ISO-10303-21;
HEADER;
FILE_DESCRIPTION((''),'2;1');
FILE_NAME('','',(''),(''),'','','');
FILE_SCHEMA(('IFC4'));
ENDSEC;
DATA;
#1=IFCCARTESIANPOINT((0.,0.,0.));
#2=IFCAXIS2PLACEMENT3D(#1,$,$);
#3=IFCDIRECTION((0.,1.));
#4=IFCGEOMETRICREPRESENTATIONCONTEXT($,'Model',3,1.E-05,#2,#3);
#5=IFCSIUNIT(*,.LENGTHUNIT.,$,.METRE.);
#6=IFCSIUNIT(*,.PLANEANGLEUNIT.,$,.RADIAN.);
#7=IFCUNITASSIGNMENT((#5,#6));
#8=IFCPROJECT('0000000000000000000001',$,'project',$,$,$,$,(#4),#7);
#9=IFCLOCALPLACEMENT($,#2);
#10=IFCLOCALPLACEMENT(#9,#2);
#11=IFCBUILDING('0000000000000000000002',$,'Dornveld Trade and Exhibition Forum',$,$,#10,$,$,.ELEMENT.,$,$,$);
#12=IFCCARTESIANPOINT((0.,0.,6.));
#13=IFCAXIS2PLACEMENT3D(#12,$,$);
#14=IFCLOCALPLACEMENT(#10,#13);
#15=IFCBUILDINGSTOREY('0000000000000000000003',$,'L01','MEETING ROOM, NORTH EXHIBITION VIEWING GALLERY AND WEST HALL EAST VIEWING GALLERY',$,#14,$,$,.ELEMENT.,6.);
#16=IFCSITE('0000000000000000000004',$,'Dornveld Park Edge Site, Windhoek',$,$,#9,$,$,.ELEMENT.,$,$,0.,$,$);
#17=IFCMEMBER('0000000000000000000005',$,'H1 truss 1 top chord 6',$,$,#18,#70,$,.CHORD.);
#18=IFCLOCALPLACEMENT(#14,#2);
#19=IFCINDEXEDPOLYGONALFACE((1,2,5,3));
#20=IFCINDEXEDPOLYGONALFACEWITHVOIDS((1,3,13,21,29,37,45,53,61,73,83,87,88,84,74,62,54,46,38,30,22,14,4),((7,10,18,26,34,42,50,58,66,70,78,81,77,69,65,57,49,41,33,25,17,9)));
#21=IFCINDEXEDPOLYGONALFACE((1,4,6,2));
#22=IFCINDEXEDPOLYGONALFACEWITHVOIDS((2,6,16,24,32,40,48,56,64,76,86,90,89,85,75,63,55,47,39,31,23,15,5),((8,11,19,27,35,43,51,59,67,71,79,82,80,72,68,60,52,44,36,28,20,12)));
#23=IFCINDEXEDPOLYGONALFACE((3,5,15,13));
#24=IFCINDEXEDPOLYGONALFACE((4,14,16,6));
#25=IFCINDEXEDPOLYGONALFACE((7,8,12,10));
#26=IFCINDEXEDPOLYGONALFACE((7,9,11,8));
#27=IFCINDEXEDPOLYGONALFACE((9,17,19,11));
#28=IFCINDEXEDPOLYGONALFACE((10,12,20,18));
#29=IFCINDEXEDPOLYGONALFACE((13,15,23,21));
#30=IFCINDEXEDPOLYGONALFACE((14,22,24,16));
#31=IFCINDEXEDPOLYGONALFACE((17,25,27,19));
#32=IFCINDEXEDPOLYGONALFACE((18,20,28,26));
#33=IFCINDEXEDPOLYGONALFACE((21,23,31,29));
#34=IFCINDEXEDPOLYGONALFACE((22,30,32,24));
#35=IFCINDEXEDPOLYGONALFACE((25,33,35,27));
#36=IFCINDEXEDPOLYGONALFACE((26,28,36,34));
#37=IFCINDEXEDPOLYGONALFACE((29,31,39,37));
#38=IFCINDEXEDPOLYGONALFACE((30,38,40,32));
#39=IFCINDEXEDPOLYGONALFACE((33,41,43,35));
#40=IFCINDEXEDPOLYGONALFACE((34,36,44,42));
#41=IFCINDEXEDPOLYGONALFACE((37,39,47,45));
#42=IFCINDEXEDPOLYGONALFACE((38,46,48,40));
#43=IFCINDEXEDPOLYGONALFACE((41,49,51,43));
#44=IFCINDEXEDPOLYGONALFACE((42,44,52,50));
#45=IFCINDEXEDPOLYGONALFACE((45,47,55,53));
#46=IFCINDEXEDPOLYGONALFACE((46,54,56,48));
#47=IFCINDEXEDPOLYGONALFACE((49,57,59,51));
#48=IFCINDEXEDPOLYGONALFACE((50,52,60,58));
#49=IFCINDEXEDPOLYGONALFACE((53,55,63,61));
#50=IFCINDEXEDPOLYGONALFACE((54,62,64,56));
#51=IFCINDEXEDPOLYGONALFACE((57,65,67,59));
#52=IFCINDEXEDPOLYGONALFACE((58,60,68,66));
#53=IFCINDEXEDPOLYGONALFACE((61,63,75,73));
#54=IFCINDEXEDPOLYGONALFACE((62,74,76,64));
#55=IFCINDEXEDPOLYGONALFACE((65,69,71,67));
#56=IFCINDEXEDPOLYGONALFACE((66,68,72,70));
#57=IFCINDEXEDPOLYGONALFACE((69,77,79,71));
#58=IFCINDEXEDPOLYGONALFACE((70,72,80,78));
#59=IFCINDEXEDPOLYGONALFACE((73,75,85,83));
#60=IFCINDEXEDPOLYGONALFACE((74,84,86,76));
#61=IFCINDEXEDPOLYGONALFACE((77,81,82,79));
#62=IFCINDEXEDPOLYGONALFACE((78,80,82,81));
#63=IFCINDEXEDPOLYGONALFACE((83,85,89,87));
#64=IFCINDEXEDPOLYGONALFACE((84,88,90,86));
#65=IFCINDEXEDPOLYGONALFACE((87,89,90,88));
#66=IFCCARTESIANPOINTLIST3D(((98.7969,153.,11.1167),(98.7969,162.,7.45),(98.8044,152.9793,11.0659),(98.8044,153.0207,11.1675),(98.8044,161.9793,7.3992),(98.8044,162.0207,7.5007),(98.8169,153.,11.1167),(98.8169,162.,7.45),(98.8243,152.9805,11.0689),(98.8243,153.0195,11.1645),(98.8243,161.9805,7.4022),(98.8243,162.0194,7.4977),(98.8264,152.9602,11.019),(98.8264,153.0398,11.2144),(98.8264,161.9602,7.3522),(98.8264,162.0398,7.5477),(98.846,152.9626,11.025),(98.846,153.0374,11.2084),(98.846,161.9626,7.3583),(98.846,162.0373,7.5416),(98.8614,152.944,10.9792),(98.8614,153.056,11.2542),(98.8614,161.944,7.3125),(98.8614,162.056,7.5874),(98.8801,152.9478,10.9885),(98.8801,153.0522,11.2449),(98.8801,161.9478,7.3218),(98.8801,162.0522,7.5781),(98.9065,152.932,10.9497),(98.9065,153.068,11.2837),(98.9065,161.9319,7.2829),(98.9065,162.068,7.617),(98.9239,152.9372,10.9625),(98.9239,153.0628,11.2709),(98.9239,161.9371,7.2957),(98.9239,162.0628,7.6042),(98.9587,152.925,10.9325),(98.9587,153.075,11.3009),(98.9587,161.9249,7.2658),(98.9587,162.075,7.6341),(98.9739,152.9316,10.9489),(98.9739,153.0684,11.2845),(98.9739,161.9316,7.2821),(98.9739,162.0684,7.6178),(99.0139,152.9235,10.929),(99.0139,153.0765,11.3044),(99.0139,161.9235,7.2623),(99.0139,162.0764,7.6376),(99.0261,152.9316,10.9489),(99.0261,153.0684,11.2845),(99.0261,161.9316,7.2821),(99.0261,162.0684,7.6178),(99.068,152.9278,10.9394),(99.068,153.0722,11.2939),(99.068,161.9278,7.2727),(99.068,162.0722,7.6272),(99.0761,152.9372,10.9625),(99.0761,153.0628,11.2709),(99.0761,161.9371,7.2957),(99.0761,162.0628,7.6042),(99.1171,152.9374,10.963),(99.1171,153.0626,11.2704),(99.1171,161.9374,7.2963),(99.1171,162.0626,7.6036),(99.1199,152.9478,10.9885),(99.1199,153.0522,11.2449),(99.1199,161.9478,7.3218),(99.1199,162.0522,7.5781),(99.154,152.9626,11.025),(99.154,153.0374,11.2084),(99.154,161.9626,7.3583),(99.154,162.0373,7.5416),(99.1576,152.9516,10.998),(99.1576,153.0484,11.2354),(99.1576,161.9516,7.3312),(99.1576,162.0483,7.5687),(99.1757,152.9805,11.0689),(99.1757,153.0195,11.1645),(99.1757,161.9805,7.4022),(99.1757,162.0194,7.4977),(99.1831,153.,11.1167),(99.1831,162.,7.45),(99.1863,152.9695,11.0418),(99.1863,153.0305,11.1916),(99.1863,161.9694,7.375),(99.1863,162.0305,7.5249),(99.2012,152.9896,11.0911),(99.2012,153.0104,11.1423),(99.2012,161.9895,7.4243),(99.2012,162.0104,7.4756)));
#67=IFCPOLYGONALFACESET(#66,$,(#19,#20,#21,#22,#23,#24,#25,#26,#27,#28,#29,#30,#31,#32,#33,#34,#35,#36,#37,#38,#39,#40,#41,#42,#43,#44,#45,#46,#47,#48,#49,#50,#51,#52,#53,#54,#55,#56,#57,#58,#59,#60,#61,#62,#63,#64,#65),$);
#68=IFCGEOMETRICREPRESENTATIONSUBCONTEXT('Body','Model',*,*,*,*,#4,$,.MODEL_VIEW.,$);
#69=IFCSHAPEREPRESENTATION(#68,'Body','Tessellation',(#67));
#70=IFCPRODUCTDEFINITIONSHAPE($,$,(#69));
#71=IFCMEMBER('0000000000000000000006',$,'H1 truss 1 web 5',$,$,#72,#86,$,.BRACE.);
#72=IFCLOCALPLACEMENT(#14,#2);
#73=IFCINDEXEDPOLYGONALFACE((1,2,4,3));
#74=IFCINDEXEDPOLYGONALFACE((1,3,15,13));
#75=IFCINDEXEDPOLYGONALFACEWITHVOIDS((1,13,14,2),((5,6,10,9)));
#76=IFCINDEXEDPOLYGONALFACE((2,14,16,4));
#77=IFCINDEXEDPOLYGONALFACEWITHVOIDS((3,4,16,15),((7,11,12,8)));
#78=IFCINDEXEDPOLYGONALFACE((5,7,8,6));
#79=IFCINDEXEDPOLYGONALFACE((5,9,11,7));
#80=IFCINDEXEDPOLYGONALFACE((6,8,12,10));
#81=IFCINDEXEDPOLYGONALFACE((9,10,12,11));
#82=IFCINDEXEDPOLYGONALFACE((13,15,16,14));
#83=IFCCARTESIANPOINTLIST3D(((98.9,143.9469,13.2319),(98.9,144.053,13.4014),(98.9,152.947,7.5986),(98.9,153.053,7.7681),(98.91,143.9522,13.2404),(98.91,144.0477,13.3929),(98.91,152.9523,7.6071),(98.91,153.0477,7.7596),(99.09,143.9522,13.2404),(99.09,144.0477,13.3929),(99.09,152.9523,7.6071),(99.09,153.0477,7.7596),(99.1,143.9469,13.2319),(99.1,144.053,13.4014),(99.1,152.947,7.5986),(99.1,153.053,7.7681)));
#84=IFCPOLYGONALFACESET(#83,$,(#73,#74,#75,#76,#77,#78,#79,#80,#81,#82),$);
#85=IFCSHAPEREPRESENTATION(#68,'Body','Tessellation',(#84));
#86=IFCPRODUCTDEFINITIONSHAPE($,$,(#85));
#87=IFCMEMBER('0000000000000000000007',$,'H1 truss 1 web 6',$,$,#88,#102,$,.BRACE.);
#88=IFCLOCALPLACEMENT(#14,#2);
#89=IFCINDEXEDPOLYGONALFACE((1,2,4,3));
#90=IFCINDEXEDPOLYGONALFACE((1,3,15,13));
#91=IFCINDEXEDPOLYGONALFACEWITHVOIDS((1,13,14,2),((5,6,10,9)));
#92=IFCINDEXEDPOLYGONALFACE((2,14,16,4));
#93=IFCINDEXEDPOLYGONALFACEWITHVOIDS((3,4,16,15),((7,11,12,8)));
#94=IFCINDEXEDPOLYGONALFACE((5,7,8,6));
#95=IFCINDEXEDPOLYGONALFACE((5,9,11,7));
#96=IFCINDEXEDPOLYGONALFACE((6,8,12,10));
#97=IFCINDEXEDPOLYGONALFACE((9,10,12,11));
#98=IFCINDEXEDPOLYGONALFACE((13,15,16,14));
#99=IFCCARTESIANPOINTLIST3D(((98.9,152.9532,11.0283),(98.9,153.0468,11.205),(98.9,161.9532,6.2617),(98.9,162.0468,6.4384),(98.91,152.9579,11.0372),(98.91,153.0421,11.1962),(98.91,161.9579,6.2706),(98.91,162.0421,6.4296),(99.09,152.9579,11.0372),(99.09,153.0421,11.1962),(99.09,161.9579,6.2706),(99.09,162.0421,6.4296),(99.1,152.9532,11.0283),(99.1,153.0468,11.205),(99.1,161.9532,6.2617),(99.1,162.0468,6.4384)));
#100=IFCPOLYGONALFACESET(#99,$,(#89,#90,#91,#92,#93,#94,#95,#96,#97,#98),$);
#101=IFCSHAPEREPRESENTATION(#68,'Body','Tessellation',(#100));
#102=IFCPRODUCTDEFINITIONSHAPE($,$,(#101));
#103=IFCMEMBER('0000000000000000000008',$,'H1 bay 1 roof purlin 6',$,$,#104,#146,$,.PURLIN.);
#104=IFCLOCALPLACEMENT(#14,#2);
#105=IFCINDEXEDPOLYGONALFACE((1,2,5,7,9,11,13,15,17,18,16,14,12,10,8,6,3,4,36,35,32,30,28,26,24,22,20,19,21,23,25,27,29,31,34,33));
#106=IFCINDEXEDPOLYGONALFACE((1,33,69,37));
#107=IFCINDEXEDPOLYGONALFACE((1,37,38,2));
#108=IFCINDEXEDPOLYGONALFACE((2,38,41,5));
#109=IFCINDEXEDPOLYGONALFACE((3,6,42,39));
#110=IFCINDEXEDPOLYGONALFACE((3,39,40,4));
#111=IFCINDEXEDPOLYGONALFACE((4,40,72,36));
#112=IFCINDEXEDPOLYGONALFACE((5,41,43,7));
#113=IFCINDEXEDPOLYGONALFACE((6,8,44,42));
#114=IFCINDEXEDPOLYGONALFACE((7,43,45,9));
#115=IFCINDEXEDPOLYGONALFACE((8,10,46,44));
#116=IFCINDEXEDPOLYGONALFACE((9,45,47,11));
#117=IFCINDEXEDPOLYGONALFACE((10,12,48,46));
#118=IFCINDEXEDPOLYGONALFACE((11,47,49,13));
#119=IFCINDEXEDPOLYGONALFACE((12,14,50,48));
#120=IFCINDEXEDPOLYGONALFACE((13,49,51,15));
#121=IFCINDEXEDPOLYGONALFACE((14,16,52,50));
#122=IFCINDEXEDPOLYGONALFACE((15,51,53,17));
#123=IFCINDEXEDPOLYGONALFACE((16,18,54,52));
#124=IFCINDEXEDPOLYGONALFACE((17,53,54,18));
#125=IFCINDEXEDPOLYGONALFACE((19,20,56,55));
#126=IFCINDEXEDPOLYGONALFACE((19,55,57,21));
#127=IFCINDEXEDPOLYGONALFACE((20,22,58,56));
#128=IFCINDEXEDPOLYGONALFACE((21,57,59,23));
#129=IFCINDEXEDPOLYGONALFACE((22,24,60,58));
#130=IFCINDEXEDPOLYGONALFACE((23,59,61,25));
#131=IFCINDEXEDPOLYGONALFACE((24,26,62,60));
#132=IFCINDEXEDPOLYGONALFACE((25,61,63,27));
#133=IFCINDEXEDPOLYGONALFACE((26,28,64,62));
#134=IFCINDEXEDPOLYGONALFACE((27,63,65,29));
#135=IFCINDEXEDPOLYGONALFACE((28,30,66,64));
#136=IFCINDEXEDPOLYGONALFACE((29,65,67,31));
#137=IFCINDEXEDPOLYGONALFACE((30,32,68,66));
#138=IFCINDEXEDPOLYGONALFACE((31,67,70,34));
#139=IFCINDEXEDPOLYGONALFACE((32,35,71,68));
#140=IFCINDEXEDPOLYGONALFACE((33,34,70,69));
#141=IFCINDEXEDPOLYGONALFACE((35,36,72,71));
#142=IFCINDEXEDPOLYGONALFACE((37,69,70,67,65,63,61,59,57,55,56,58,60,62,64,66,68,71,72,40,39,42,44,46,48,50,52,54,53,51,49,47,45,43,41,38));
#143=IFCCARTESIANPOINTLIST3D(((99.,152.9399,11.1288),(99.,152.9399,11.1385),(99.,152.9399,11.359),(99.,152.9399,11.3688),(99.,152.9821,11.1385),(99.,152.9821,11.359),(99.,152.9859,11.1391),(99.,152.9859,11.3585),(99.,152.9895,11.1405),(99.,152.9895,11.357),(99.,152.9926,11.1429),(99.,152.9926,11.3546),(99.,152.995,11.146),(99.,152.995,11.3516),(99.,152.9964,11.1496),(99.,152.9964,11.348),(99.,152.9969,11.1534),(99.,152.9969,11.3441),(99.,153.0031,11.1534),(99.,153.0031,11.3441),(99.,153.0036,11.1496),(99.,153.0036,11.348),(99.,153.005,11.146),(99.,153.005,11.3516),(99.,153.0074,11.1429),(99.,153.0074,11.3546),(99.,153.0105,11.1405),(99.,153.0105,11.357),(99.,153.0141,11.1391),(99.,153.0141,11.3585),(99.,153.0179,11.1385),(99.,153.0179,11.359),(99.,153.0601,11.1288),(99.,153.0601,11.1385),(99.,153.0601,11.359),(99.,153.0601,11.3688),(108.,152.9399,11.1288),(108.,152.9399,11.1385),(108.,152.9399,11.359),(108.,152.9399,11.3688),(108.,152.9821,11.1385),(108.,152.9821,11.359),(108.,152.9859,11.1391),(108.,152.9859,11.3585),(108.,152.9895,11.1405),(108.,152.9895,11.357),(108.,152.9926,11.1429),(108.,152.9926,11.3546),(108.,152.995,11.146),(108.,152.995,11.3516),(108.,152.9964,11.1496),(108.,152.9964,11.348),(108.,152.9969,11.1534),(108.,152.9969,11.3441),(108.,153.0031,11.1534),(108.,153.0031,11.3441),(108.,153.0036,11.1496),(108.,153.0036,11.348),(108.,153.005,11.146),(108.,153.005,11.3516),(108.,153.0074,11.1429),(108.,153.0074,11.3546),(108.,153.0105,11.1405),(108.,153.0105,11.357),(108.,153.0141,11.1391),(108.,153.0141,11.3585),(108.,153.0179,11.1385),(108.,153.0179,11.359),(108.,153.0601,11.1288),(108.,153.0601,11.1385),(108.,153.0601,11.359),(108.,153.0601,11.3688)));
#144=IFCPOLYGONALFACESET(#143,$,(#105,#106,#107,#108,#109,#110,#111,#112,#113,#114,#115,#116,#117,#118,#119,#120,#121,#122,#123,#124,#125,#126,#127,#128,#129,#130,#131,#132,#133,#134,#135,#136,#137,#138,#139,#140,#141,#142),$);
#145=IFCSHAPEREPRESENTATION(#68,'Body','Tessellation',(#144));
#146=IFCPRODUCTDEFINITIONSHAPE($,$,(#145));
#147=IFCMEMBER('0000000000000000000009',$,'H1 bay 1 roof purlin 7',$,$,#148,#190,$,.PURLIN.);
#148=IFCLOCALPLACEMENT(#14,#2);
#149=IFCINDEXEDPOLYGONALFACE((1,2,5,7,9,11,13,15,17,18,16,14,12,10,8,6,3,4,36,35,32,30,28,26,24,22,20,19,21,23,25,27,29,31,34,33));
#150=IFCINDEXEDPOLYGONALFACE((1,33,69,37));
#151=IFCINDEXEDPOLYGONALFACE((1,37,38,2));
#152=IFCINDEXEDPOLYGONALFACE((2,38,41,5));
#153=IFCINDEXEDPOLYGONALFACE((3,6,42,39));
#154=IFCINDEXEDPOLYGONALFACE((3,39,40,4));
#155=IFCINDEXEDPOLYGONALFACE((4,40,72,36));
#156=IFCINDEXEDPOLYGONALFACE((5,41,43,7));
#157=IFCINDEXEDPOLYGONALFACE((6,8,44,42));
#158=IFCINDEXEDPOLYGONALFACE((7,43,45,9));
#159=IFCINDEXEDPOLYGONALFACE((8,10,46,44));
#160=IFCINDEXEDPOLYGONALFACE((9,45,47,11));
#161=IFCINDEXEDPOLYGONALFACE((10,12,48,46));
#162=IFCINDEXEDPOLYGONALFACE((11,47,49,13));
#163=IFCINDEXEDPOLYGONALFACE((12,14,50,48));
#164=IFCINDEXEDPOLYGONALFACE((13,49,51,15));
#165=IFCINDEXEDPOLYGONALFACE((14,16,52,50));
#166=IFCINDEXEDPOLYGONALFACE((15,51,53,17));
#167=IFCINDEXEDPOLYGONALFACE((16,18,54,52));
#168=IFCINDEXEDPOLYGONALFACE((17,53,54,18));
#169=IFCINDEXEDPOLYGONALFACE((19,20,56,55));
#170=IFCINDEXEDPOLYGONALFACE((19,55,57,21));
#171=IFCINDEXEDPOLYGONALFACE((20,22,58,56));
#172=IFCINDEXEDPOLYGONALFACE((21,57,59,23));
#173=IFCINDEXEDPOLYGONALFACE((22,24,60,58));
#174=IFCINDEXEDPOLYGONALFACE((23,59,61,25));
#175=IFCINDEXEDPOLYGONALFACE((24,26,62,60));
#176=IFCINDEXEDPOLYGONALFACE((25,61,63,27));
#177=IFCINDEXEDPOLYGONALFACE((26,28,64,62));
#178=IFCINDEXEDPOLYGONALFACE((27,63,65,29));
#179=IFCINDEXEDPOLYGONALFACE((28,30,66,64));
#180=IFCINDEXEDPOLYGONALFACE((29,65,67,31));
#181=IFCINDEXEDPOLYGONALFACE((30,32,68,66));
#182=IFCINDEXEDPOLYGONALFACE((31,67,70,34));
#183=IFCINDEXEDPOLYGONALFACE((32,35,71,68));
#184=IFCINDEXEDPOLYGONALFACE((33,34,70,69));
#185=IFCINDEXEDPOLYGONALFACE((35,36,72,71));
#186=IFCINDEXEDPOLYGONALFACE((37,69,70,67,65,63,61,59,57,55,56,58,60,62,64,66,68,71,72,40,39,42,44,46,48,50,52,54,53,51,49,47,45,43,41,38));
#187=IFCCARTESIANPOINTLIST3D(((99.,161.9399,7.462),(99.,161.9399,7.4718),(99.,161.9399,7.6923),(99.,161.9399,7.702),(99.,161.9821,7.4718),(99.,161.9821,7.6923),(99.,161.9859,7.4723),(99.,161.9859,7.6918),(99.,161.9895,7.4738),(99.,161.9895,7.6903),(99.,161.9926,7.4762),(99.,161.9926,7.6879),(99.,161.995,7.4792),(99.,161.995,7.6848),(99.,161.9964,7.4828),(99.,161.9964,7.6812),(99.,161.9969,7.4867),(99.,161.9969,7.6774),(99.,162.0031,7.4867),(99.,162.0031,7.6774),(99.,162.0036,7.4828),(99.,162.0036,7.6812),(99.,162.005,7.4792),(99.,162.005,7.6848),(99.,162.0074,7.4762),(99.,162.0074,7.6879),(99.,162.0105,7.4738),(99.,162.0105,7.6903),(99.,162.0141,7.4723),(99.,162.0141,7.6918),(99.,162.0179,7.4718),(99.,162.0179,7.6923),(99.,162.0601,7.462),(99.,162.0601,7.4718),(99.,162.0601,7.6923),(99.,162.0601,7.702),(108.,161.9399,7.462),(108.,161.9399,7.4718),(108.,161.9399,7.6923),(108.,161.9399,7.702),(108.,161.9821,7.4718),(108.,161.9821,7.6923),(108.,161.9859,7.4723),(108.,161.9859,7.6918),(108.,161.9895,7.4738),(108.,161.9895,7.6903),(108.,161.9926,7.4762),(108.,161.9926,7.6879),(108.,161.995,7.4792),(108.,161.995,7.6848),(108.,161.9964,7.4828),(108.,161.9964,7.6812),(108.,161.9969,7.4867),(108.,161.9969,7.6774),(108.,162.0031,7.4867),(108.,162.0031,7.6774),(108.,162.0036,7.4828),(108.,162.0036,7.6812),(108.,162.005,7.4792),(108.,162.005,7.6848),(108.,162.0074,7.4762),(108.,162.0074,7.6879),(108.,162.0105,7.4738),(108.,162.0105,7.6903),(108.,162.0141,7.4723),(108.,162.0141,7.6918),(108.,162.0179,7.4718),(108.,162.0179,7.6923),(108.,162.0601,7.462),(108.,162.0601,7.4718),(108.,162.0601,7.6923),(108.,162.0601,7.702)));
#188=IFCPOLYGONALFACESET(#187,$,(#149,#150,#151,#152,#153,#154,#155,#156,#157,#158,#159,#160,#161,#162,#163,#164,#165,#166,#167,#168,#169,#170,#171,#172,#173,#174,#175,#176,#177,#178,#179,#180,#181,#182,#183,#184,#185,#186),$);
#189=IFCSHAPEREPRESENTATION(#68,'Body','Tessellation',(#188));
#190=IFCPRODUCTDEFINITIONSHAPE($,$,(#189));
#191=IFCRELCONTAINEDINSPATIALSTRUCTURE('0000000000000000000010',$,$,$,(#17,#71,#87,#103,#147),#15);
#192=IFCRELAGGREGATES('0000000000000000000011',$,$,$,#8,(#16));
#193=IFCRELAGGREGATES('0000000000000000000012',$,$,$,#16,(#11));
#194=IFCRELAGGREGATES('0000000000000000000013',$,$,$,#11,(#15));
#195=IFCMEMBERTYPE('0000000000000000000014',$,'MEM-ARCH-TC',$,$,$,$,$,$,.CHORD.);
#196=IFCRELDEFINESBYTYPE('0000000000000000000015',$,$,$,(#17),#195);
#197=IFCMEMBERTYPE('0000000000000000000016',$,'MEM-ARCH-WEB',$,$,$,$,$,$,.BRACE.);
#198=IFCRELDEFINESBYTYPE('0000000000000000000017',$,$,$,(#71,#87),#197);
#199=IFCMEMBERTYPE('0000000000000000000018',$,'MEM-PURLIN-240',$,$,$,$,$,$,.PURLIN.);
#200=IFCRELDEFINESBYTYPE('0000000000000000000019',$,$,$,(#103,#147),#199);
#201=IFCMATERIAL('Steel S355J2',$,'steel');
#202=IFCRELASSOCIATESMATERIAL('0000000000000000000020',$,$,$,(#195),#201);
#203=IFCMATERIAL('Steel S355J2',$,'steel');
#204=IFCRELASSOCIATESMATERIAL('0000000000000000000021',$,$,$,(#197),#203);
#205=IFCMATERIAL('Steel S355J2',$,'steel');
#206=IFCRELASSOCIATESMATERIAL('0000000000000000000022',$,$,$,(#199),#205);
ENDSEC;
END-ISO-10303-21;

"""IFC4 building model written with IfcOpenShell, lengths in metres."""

from ifc_helpers import new_model, si_unit, direction, frame, origin, origin_2d, place, context, subcontext, project, spatial, hollow_rectangle, hollow_circle, i_section, extrude, material, material_profile, profile_set, type_object, element, save


model = new_model("IFC4")

# Units and contexts
model_context = context("Model", 3, precision=1e-05, world=origin(), true_north=direction((0.0, 1.0)))
body_context = subcontext(model_context, "Body", "Model", "MODEL_VIEW")
ifc_project = project(units=[si_unit("LENGTHUNIT", "METRE"), si_unit("PLANEANGLEUNIT", "RADIAN")], contexts=[model_context])

# Site, building, storey
site_placement = place(None, origin())
site = spatial("IfcSite", under=ifc_project, at=site_placement, Name="Dornveld Park Edge Site, Windhoek", CompositionType="ELEMENT", RefElevation=0.0)
building_placement = place(site_placement, origin())
building = spatial("IfcBuilding", under=site, at=building_placement, Name="Dornveld Trade and Exhibition Forum", CompositionType="ELEMENT")
storey_placement = place(building_placement, frame((0.0, 0.0, 6.0)))
storey = spatial("IfcBuildingStorey", under=building, at=storey_placement, Name="L01", Description="MEETING ROOM, NORTH EXHIBITION VIEWING GALLERY AND WEST HALL EAST VIEWING GALLERY", CompositionType="ELEMENT", Elevation=6.0)

# Members
ifc_material_1 = material(Name="Steel S355J2", Category="steel")
ifc_material_profile_1 = material_profile(ifc_material_1, hollow_circle(Radius=0.2031, WallThickness=0.02, at=origin_2d()), Name="CHS 406.4x20")
ifc_profile_set_1 = profile_set([ifc_material_profile_1], Name="Steel S355J2")
member_type_1 = type_object("IfcMemberType", Name="MEM-ARCH-TC", PredefinedType="CHORD", material=ifc_profile_set_1)
member_1_placement = place(storey_placement, frame((99.0, 153.0, 11.1167), z_axis=(0.0, 0.926089, -0.377304), x_axis=(-1.0, 0.0, 0.0)))
element("IfcMember", 1, at=member_1_placement, inside=storey, type_object=member_type_1, Name="H1 truss 1 top chord 6", PredefinedType="CHORD", context=body_context, shape_type="SweptSolid", body=[
    extrude(hollow_circle(Radius=0.2031, WallThickness=0.02, at=origin_2d()), origin(), (0.0, 0.0, 1.0), 9.7183),
])
ifc_material_2 = material(Name="Steel S355J2", Category="steel")
ifc_material_profile_2 = material_profile(ifc_material_2, hollow_rectangle(XDim=0.2, YDim=0.2, WallThickness=0.01, at=origin_2d()), Name="SHS 200x200x10")
ifc_profile_set_2 = profile_set([ifc_material_profile_2], Name="Steel S355J2")
member_type_2 = type_object("IfcMemberType", Name="MEM-ARCH-WEB", PredefinedType="BRACE", material=ifc_profile_set_2)
member_2_placement = place(storey_placement, frame((99.0, 153.0, 7.6833), z_axis=(0.0, -0.847647, 0.530561), x_axis=(1.0, 0.0, 0.0)))
element("IfcMember", 2, at=member_2_placement, inside=storey, type_object=member_type_2, Name="H1 truss 1 web 5", PredefinedType="BRACE", context=body_context, shape_type="SweptSolid", body=[
    extrude(hollow_rectangle(XDim=0.2, YDim=0.2, WallThickness=0.01, at=origin_2d()), origin(), (0.0, 0.0, 1.0), 10.6177),
])
member_3_placement = place(storey_placement, frame((99.0, 162.0, 6.3501), z_axis=(0.0, -0.883711, 0.468033), x_axis=(1.0, 0.0, 0.0)))
element("IfcMember", 3, at=member_3_placement, inside=storey, type_object=member_type_2, Name="H1 truss 1 web 6", PredefinedType="BRACE", context=body_context, shape_type="SweptSolid", body=[
    extrude(hollow_rectangle(XDim=0.2, YDim=0.2, WallThickness=0.01, at=origin_2d()), origin(), (0.0, 0.0, 1.0), 10.1843),
])
ifc_material_3 = material(Name="Steel S355J2", Category="steel")
ifc_material_profile_3 = material_profile(ifc_material_3, i_section(OverallWidth=0.1201, OverallDepth=0.24, WebThickness=0.0061, FlangeThickness=0.0098, FilletRadius=0.0149, at=origin_2d()), Name="IPE 240")
ifc_profile_set_3 = profile_set([ifc_material_profile_3], Name="Steel S355J2")
member_type_3 = type_object("IfcMemberType", Name="MEM-PURLIN-240", PredefinedType="PURLIN", material=ifc_profile_set_3)
for number, where, z_axis, x_axis, name in (
    (4, (99.0, 153.0, 11.2488), (1.0, 0.0, 0.0), (0.0, 1.0, 0.0), "H1 bay 1 roof purlin 6"),
    (5, (99.0, 162.0, 7.582), (1.0, 0.0, 0.0), (0.0, 1.0, 0.0), "H1 bay 1 roof purlin 7"),
):
    element("IfcMember", number, at=place(storey_placement, frame(where, z_axis=z_axis, x_axis=x_axis)), inside=storey, type_object=member_type_3, Name=name, PredefinedType="PURLIN", context=body_context, shape_type="SweptSolid", body=[
        extrude(i_section(OverallWidth=0.1201, OverallDepth=0.24, WebThickness=0.0061, FlangeThickness=0.0098, FilletRadius=0.0149, at=origin_2d()), origin(), (0.0, 0.0, 1.0), 9.0),
    ])

save(model, "model.ifc")
